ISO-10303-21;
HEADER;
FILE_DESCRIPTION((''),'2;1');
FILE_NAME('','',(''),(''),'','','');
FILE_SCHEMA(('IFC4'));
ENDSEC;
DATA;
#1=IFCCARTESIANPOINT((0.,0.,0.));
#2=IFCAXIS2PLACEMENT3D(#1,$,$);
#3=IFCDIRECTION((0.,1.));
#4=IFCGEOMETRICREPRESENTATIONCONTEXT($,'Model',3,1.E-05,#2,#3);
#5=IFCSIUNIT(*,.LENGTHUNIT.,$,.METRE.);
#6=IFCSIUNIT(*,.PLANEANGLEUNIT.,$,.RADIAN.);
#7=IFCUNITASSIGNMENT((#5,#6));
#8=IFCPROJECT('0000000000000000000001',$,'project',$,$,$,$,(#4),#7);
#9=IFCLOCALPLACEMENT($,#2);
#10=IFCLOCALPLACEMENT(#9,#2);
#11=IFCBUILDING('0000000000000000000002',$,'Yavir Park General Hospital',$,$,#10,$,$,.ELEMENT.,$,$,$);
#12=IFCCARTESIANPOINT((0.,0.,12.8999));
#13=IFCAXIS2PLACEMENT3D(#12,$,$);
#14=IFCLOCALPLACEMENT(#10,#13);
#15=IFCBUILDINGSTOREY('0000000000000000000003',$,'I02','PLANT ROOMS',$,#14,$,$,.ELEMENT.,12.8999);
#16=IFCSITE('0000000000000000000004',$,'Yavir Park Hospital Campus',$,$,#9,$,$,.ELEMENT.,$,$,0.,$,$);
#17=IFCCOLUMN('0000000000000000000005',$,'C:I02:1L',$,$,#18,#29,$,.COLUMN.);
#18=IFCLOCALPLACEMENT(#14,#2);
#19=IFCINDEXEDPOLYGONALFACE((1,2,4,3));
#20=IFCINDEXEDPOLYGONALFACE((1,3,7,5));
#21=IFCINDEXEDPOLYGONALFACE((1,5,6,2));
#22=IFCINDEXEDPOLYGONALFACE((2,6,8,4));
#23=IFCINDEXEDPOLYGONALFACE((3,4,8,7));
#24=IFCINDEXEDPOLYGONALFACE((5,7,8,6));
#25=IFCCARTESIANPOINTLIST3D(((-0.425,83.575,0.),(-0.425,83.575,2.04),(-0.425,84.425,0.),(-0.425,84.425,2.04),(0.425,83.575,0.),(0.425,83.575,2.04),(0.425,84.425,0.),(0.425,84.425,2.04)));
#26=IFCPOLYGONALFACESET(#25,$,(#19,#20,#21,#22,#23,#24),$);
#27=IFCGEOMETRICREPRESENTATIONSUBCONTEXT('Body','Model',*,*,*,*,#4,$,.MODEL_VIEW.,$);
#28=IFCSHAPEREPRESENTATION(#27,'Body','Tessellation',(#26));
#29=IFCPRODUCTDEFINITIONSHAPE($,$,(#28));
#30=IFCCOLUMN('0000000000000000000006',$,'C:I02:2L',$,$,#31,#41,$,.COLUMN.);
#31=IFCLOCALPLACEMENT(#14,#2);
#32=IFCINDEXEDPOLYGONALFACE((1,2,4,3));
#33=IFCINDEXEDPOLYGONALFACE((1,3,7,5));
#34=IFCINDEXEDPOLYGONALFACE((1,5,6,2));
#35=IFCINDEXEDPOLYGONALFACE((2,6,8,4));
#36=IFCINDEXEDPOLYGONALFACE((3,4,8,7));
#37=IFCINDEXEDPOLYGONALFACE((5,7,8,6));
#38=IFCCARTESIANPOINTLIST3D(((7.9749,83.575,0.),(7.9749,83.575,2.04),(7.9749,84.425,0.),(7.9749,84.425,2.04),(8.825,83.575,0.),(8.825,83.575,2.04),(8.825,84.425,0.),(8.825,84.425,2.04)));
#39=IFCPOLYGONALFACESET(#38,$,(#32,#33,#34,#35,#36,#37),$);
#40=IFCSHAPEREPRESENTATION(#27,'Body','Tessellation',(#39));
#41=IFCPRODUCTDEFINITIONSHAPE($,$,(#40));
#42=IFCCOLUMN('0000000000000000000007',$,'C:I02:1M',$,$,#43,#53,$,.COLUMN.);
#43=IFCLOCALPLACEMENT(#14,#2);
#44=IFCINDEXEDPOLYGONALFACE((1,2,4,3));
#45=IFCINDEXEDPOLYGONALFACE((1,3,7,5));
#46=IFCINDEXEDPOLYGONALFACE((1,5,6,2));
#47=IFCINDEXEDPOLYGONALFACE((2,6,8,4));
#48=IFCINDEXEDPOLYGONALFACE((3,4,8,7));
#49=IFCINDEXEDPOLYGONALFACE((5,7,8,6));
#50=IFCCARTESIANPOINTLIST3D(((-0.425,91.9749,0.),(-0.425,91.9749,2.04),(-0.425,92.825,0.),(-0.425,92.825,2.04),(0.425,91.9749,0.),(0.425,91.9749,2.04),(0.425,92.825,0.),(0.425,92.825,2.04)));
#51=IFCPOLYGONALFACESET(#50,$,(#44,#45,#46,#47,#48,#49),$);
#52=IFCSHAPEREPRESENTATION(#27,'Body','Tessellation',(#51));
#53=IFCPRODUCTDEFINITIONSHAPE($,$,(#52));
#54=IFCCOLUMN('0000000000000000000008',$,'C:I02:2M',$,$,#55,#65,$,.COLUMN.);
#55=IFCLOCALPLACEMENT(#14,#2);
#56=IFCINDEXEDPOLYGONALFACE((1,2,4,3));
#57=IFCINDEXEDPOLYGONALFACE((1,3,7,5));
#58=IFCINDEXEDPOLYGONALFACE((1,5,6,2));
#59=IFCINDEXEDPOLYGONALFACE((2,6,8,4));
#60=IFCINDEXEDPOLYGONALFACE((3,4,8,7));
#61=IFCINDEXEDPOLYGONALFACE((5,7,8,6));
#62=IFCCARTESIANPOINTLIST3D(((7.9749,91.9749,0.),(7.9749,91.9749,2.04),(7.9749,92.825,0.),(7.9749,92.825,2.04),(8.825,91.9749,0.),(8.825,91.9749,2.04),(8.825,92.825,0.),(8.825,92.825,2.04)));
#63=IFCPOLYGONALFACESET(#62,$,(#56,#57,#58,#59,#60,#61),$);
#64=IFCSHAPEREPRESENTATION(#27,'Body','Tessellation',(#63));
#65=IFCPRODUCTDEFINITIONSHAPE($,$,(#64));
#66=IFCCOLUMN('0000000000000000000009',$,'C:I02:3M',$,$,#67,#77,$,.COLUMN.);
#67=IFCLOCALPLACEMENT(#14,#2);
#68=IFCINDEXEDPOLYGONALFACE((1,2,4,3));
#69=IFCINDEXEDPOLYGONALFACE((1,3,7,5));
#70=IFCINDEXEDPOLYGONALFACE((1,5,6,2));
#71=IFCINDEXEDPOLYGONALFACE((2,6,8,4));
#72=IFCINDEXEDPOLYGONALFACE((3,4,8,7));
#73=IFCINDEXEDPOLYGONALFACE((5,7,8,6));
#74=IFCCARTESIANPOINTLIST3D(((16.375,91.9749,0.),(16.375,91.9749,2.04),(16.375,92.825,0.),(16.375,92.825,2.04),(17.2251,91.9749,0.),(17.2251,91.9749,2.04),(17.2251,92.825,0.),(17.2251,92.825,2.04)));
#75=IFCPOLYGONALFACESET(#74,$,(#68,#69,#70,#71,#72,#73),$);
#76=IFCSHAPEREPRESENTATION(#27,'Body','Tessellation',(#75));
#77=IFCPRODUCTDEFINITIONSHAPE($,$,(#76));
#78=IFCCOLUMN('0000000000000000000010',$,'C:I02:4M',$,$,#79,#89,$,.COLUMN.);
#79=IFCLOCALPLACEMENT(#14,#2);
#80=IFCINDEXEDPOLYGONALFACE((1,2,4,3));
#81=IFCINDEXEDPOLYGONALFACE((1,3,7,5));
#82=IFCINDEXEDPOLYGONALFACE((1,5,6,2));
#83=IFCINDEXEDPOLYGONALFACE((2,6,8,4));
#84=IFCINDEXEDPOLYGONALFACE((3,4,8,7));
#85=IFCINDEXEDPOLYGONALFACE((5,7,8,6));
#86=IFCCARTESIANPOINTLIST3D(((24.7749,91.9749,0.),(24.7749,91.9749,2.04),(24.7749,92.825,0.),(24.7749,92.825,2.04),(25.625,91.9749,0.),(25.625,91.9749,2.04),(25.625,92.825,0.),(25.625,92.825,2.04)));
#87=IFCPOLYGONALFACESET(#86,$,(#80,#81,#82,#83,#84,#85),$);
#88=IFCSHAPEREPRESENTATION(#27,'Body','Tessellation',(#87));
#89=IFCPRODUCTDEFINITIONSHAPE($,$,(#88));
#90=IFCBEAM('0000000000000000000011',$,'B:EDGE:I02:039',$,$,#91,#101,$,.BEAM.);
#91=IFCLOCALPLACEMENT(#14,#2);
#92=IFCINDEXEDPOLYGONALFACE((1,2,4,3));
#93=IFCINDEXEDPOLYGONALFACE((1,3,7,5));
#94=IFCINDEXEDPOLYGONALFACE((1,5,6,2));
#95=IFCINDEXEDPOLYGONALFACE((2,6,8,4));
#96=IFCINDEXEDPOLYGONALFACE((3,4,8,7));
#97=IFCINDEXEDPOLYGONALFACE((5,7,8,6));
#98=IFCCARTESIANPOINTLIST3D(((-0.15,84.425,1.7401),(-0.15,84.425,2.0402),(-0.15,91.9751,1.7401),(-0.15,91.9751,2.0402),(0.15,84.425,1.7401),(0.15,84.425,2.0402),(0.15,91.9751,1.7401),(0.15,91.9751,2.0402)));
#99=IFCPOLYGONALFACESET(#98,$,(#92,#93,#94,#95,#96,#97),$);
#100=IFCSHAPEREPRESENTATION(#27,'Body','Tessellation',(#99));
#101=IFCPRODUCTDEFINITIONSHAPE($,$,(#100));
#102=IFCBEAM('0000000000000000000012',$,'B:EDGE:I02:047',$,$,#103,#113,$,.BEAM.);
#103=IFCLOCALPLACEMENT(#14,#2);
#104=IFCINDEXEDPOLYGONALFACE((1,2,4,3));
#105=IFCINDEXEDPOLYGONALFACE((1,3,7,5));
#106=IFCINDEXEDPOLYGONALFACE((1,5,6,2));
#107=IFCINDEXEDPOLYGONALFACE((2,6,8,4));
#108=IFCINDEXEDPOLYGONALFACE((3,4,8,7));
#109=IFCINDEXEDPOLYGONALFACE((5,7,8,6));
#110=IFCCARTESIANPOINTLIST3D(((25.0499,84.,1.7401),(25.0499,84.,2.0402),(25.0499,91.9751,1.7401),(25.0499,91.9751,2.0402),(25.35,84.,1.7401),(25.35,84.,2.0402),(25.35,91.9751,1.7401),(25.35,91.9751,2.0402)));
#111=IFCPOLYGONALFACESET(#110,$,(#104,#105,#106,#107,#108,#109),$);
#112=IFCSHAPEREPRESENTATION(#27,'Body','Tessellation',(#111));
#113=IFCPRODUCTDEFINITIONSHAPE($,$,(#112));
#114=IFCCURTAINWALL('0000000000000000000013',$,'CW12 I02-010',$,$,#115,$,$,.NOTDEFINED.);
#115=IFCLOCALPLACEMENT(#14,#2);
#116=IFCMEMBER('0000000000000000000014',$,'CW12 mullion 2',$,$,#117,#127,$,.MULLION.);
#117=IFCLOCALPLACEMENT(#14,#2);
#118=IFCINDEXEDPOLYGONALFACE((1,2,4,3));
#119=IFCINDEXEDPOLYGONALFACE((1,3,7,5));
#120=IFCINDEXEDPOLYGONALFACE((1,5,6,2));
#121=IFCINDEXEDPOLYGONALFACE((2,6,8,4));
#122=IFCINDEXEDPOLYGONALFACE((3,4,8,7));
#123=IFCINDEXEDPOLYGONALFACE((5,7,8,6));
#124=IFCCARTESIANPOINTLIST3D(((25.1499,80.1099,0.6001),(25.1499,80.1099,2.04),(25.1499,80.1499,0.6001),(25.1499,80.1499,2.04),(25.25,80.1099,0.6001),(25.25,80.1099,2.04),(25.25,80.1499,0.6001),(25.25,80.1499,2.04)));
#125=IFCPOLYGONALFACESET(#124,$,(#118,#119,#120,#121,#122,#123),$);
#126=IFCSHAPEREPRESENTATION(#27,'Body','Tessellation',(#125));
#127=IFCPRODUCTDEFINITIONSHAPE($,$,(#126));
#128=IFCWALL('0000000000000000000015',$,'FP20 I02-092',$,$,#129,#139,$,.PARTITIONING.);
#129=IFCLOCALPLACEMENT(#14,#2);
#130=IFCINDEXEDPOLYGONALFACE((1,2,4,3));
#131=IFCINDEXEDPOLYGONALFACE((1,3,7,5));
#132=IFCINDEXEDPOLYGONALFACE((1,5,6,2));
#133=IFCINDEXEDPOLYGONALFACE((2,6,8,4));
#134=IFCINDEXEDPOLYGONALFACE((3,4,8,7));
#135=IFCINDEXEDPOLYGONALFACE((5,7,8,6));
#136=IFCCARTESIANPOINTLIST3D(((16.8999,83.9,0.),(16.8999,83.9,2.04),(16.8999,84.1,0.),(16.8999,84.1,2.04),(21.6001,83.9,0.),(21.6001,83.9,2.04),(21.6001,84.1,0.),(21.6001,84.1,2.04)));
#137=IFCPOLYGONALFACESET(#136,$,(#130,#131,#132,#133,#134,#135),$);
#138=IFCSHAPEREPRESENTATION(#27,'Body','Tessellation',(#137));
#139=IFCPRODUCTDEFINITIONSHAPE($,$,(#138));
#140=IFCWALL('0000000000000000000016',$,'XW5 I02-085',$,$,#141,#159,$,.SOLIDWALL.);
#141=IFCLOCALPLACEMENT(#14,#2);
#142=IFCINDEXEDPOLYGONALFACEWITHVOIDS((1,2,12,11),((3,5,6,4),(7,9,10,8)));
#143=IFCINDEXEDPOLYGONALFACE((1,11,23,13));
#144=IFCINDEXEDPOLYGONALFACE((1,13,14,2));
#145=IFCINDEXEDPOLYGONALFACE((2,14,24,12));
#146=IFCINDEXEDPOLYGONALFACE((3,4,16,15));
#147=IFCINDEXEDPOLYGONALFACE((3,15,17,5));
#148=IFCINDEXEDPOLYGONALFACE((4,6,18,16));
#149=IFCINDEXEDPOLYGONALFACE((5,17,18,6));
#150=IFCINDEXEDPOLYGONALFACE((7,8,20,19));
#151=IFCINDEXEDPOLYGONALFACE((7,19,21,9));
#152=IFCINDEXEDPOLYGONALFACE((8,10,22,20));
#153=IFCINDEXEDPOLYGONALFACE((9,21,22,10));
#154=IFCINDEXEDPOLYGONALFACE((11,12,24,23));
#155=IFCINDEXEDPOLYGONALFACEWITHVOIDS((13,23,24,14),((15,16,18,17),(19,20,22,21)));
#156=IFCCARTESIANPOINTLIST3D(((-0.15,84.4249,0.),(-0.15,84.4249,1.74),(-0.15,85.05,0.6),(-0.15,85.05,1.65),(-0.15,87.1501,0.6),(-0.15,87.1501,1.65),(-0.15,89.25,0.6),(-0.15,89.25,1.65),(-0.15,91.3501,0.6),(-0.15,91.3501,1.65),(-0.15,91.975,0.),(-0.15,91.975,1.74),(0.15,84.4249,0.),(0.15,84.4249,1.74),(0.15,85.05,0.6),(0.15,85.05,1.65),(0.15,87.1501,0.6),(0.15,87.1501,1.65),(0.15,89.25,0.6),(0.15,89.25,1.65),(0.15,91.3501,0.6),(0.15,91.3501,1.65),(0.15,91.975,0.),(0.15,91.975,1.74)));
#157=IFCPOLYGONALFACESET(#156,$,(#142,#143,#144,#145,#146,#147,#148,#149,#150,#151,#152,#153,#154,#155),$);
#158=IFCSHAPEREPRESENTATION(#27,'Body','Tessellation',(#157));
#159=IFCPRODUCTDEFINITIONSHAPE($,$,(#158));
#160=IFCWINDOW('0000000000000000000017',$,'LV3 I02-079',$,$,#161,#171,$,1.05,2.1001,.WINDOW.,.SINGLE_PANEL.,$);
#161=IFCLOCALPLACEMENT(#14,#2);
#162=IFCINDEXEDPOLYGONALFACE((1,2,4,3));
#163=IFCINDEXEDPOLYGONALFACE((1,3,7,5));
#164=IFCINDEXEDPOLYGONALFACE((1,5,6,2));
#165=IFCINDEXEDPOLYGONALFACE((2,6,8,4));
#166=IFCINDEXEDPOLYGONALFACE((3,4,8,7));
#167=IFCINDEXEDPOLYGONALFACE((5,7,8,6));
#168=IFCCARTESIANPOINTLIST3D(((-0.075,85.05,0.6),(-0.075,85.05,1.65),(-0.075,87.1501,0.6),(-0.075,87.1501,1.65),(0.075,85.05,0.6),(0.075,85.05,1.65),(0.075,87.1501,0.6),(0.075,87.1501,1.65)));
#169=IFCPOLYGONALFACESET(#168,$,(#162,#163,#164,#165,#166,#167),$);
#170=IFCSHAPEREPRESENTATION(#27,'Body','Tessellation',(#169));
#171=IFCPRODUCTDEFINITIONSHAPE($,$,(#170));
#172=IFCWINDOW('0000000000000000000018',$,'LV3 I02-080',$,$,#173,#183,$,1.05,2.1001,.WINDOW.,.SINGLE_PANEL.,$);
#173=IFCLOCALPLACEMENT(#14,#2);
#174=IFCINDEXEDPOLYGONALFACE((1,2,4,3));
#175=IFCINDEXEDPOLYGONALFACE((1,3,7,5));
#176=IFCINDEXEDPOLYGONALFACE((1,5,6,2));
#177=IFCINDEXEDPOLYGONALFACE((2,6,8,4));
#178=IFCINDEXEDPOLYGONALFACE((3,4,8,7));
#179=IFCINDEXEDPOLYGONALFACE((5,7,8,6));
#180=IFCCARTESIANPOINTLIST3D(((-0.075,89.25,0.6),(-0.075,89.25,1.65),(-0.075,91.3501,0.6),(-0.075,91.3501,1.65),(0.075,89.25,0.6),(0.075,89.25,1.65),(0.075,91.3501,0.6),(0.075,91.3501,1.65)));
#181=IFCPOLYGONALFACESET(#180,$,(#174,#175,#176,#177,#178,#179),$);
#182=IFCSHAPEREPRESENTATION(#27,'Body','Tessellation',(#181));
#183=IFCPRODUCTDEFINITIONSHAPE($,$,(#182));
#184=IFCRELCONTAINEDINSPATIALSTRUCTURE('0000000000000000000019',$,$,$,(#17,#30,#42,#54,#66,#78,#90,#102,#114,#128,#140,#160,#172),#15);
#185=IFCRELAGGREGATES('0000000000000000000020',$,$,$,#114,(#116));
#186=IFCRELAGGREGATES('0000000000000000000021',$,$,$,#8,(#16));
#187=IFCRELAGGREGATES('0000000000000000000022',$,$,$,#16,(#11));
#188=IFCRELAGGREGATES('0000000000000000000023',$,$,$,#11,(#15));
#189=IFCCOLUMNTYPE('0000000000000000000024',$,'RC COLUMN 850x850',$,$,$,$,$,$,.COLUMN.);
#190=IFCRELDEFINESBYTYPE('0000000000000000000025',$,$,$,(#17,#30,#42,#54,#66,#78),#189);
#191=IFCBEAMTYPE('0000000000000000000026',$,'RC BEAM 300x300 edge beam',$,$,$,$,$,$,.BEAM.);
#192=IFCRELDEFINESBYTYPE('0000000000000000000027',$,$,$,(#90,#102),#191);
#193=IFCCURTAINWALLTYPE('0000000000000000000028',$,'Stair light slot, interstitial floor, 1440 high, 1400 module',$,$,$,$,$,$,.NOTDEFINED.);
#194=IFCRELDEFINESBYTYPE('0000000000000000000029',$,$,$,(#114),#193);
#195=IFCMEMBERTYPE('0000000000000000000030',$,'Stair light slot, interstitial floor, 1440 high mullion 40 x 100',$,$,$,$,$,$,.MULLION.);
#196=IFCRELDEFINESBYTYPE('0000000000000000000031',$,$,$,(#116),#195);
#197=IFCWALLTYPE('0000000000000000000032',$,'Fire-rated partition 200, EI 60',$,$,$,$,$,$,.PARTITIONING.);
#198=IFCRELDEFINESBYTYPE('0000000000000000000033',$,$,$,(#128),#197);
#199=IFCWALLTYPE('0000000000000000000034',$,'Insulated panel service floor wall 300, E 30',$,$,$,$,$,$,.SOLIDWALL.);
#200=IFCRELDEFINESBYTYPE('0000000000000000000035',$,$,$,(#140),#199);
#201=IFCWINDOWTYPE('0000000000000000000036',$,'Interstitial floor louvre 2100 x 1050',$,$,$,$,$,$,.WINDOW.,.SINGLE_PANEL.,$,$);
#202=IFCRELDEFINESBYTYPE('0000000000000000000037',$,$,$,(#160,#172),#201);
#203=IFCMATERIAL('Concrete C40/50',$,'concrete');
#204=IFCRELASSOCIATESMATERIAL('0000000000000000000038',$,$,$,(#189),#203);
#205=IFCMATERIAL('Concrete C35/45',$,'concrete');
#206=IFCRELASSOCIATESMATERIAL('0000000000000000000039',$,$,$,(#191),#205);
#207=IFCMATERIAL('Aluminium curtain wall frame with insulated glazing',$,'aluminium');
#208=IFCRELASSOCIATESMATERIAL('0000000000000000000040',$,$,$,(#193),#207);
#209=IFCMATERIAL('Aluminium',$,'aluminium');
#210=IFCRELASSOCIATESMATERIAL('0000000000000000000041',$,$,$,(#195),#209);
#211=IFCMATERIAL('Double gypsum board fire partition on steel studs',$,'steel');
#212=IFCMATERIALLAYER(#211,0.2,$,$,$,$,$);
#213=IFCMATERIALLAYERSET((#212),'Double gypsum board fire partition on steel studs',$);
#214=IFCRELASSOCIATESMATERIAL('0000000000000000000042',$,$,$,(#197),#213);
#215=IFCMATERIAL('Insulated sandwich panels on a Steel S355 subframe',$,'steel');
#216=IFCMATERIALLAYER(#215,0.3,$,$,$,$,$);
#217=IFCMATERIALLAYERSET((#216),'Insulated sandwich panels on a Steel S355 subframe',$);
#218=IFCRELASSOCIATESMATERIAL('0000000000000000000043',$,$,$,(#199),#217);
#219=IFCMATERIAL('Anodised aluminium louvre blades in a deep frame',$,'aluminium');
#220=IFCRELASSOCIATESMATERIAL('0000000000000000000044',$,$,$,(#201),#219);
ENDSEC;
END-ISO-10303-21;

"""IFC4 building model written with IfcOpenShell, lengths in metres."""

from ifc_helpers import new_model, si_unit, direction, frame, frame_2d, origin, origin_2d, place, context, subcontext, project, spatial, rectangle, extrude, material, layer, layer_set, material_profile, profile_set, type_object, element, fill, aggregate, save


model = new_model("IFC4")

# Units and contexts
model_context = context("Model", 3, precision=1e-05, world=origin(), true_north=direction((0.0, 1.0)))
body_context = subcontext(model_context, "Body", "Model", "MODEL_VIEW")
ifc_project = project(units=[si_unit("LENGTHUNIT", "METRE"), si_unit("PLANEANGLEUNIT", "RADIAN")], contexts=[model_context])

# Site, building, storey
site_placement = place(None, origin())
site = spatial("IfcSite", under=ifc_project, at=site_placement, Name="Yavir Park Hospital Campus", CompositionType="ELEMENT", RefElevation=0.0)
building_placement = place(site_placement, origin())
building = spatial("IfcBuilding", under=site, at=building_placement, Name="Yavir Park General Hospital", CompositionType="ELEMENT")
storey_placement = place(building_placement, frame((0.0, 0.0, 12.8999)))
storey = spatial("IfcBuildingStorey", under=building, at=storey_placement, Name="I02", Description="PLANT ROOMS", CompositionType="ELEMENT", Elevation=12.8999)

# Columns
ifc_material_1 = material(Name="Concrete C40/50", Category="concrete")
ifc_material_profile_1 = material_profile(ifc_material_1, rectangle(XDim=0.8501, YDim=0.8501, at=origin_2d()), Name="RC850x850")
ifc_profile_set_1 = profile_set([ifc_material_profile_1], Name="Concrete C40/50")
column_type = type_object("IfcColumnType", Name="RC COLUMN 850x850", PredefinedType="COLUMN", material=ifc_profile_set_1)
for number, where, z_axis, x_axis, name in (
    (1, (0.0, 84.0, 0.0), (0.0, 0.0, 1.0), (1.0, 0.0, 0.0), "C:I02:1L"),
    (2, (8.3999, 84.0, 0.0), (0.0, 0.0, 1.0), (1.0, 0.0, 0.0), "C:I02:2L"),
    (3, (0.0, 92.3999, 0.0), (0.0, 0.0, 1.0), (1.0, 0.0, 0.0), "C:I02:1M"),
    (4, (8.3999, 92.3999, 0.0), (0.0, 0.0, 1.0), (1.0, 0.0, 0.0), "C:I02:2M"),
    (5, (16.8, 92.3999, 0.0), (0.0, 0.0, 1.0), (1.0, 0.0, 0.0), "C:I02:3M"),
    (6, (25.2, 92.3999, 0.0), (0.0, 0.0, 1.0), (1.0, 0.0, 0.0), "C:I02:4M"),
):
    element("IfcColumn", number, at=place(storey_placement, frame(where, z_axis=z_axis, x_axis=x_axis)), inside=storey, type_object=column_type, Name=name, PredefinedType="COLUMN", context=body_context, shape_type="SweptSolid", body=[
        extrude(rectangle(XDim=0.8501, YDim=0.8501, at=origin_2d()), origin(), (0.0, 0.0, 1.0), 2.04),
    ])

# Beams
ifc_material_2 = material(Name="Concrete C35/45", Category="concrete")
ifc_material_profile_2 = material_profile(ifc_material_2, rectangle(XDim=0.3, YDim=0.3, at=origin_2d()), Name="RC300x300")
ifc_profile_set_2 = profile_set([ifc_material_profile_2], Name="Concrete C35/45")
beam_type = type_object("IfcBeamType", Name="RC BEAM 300x300 edge beam", PredefinedType="BEAM", material=ifc_profile_set_2)
beam_1_placement = place(storey_placement, frame((0.0, 84.425, 1.8901), z_axis=(0.0, 1.0, 0.0), x_axis=(-1.0, 0.0, 0.0)))
element("IfcBeam", 7, at=beam_1_placement, inside=storey, type_object=beam_type, Name="B:EDGE:I02:039", PredefinedType="BEAM", context=body_context, shape_type="SweptSolid", body=[
    extrude(rectangle(XDim=0.3, YDim=0.3, at=origin_2d()), origin(), (0.0, 0.0, 1.0), 7.55),
])
beam_2_placement = place(storey_placement, frame((25.2, 84.0, 1.8901), z_axis=(0.0, 1.0, 0.0), x_axis=(-1.0, 0.0, 0.0)))
element("IfcBeam", 8, at=beam_2_placement, inside=storey, type_object=beam_type, Name="B:EDGE:I02:047", PredefinedType="BEAM", context=body_context, shape_type="SweptSolid", body=[
    extrude(rectangle(XDim=0.3, YDim=0.3, at=origin_2d()), origin(), (0.0, 0.0, 1.0), 7.9751),
])

# Curtain wall, member
ifc_material_3 = material(Name="Aluminium curtain wall frame with insulated glazing", Category="aluminium")
curtain_wall_type = type_object("IfcCurtainWallType", Name="Stair light slot, interstitial floor, 1440 high, 1400 module", PredefinedType="NOTDEFINED", material=ifc_material_3)
curtain_wall_placement = place(storey_placement, origin())
curtain_wall = element("IfcCurtainWall", 9, at=curtain_wall_placement, inside=storey, type_object=curtain_wall_type, Name="CW12 I02-010", PredefinedType="NOTDEFINED")
ifc_material_4 = material(Name="Aluminium", Category="aluminium")
ifc_material_profile_3 = material_profile(ifc_material_4, rectangle(XDim=0.1001, YDim=0.04, at=origin_2d()), Name="AL 40x100")
ifc_profile_set_3 = profile_set([ifc_material_profile_3], Name="Aluminium")
member_type = type_object("IfcMemberType", Name="Stair light slot, interstitial floor, 1440 high mullion 40 x 100", PredefinedType="MULLION", material=ifc_profile_set_3)
member_placement = place(storey_placement, frame((25.2, 80.1299, 0.6001), z_axis=(0.0, 0.0, 1.0), x_axis=(-1.0, 0.0, 0.0)))
member = element("IfcMember", 10, at=member_placement, type_object=member_type, Name="CW12 mullion 2", PredefinedType="MULLION", context=body_context, shape_type="SweptSolid", body=[
    extrude(rectangle(XDim=0.1001, YDim=0.04, at=origin_2d()), origin(), (0.0, 0.0, 1.0), 1.4399),
])
aggregate(curtain_wall, [member])

# Wall
ifc_material_5 = material(Name="Double gypsum board fire partition on steel studs", Category="steel")
ifc_layer_1 = layer(ifc_material_5, 0.2)
ifc_layer_set_1 = layer_set([ifc_layer_1], Name="Double gypsum board fire partition on steel studs")
wall_type_1 = type_object("IfcWallType", Name="Fire-rated partition 200, EI 60", PredefinedType="PARTITIONING", material=ifc_layer_set_1)
wall_1_placement = place(storey_placement, frame((16.8999, 84.0, 0.0), z_axis=(0.0, 0.0, 1.0), x_axis=(1.0, 0.0, 0.0)))
element("IfcWall", 11, at=wall_1_placement, inside=storey, type_object=wall_type_1, Name="FP20 I02-092", PredefinedType="PARTITIONING", context=body_context, shape_type="SweptSolid", body=[
    extrude(rectangle(XDim=4.7002, YDim=0.2, at=frame_2d((2.3501, 0.0))), origin(), (0.0, 0.0, 1.0), 2.04),
])

# Wall, openings, windows
ifc_material_6 = material(Name="Insulated sandwich panels on a Steel S355 subframe", Category="steel")
ifc_layer_2 = layer(ifc_material_6, 0.3)
ifc_layer_set_2 = layer_set([ifc_layer_2], Name="Insulated sandwich panels on a Steel S355 subframe")
wall_type_2 = type_object("IfcWallType", Name="Insulated panel service floor wall 300, E 30", PredefinedType="SOLIDWALL", material=ifc_layer_set_2)
wall_2_placement = place(storey_placement, frame((0.0, 84.425, 0.0), z_axis=(0.0, 0.0, 1.0), x_axis=(0.0, 1.0, 0.0)))
wall_2 = element("IfcWall", 12, at=wall_2_placement, inside=storey, type_object=wall_type_2, Name="XW5 I02-085", PredefinedType="SOLIDWALL", context=body_context, shape_type="SweptSolid", body=[
    extrude(rectangle(XDim=7.55, YDim=0.3, at=frame_2d((3.7749, 0.0))), origin(), (0.0, 0.0, 1.0), 1.74),
])
opening_1_placement = place(wall_2_placement, frame((0.625, 0.0, 0.6001)))
opening_1 = element("IfcOpeningElement", 13, at=opening_1_placement, cuts=wall_2, PredefinedType="OPENING", context=body_context, shape_type="SweptSolid", body=[
    extrude(rectangle(XDim=2.1001, YDim=1.05, at=frame_2d((1.05, 0.5249))), frame((0.0, 0.1599, 0.0), z_axis=(0.0, -1.0, 0.0), x_axis=(1.0, 0.0, 0.0)), (0.0, 0.0, 1.0), 0.3201),
])
opening_2_placement = place(wall_2_placement, frame((4.825, 0.0, 0.6001)))
opening_2 = element("IfcOpeningElement", 14, at=opening_2_placement, cuts=wall_2, PredefinedType="OPENING", context=body_context, shape_type="SweptSolid", body=[
    extrude(rectangle(XDim=2.1001, YDim=1.05, at=frame_2d((1.05, 0.5249))), frame((0.0, 0.1599, 0.0), z_axis=(0.0, -1.0, 0.0), x_axis=(1.0, 0.0, 0.0)), (0.0, 0.0, 1.0), 0.3201),
])
ifc_material_7 = material(Name="Anodised aluminium louvre blades in a deep frame", Category="aluminium")
window_type = type_object("IfcWindowType", Name="Interstitial floor louvre 2100 x 1050", PartitioningType="SINGLE_PANEL", PredefinedType="WINDOW", material=ifc_material_7)
window_1_placement = place(opening_1_placement, origin())
window_1 = element("IfcWindow", 15, at=window_1_placement, inside=storey, type_object=window_type, Name="LV3 I02-079", OverallHeight=1.05, OverallWidth=2.1001, PartitioningType="SINGLE_PANEL", PredefinedType="WINDOW", context=body_context, shape_type="SweptSolid", body=[
    extrude(rectangle(XDim=2.1001, YDim=1.05, at=frame_2d((1.05, 0.5249))), frame((0.0, 0.075, 0.0), z_axis=(0.0, -1.0, 0.0), x_axis=(1.0, 0.0, 0.0)), (0.0, 0.0, 1.0), 0.1499),
])
fill(opening_1, window_1)
window_2_placement = place(opening_2_placement, origin())
window_2 = element("IfcWindow", 16, at=window_2_placement, inside=storey, type_object=window_type, Name="LV3 I02-080", OverallHeight=1.05, OverallWidth=2.1001, PartitioningType="SINGLE_PANEL", PredefinedType="WINDOW", context=body_context, shape_type="SweptSolid", body=[
    extrude(rectangle(XDim=2.1001, YDim=1.05, at=frame_2d((1.05, 0.5249))), frame((0.0, 0.075, 0.0), z_axis=(0.0, -1.0, 0.0), x_axis=(1.0, 0.0, 0.0)), (0.0, 0.0, 1.0), 0.1499),
])
fill(opening_2, window_2)

save(model, "model.ifc")
